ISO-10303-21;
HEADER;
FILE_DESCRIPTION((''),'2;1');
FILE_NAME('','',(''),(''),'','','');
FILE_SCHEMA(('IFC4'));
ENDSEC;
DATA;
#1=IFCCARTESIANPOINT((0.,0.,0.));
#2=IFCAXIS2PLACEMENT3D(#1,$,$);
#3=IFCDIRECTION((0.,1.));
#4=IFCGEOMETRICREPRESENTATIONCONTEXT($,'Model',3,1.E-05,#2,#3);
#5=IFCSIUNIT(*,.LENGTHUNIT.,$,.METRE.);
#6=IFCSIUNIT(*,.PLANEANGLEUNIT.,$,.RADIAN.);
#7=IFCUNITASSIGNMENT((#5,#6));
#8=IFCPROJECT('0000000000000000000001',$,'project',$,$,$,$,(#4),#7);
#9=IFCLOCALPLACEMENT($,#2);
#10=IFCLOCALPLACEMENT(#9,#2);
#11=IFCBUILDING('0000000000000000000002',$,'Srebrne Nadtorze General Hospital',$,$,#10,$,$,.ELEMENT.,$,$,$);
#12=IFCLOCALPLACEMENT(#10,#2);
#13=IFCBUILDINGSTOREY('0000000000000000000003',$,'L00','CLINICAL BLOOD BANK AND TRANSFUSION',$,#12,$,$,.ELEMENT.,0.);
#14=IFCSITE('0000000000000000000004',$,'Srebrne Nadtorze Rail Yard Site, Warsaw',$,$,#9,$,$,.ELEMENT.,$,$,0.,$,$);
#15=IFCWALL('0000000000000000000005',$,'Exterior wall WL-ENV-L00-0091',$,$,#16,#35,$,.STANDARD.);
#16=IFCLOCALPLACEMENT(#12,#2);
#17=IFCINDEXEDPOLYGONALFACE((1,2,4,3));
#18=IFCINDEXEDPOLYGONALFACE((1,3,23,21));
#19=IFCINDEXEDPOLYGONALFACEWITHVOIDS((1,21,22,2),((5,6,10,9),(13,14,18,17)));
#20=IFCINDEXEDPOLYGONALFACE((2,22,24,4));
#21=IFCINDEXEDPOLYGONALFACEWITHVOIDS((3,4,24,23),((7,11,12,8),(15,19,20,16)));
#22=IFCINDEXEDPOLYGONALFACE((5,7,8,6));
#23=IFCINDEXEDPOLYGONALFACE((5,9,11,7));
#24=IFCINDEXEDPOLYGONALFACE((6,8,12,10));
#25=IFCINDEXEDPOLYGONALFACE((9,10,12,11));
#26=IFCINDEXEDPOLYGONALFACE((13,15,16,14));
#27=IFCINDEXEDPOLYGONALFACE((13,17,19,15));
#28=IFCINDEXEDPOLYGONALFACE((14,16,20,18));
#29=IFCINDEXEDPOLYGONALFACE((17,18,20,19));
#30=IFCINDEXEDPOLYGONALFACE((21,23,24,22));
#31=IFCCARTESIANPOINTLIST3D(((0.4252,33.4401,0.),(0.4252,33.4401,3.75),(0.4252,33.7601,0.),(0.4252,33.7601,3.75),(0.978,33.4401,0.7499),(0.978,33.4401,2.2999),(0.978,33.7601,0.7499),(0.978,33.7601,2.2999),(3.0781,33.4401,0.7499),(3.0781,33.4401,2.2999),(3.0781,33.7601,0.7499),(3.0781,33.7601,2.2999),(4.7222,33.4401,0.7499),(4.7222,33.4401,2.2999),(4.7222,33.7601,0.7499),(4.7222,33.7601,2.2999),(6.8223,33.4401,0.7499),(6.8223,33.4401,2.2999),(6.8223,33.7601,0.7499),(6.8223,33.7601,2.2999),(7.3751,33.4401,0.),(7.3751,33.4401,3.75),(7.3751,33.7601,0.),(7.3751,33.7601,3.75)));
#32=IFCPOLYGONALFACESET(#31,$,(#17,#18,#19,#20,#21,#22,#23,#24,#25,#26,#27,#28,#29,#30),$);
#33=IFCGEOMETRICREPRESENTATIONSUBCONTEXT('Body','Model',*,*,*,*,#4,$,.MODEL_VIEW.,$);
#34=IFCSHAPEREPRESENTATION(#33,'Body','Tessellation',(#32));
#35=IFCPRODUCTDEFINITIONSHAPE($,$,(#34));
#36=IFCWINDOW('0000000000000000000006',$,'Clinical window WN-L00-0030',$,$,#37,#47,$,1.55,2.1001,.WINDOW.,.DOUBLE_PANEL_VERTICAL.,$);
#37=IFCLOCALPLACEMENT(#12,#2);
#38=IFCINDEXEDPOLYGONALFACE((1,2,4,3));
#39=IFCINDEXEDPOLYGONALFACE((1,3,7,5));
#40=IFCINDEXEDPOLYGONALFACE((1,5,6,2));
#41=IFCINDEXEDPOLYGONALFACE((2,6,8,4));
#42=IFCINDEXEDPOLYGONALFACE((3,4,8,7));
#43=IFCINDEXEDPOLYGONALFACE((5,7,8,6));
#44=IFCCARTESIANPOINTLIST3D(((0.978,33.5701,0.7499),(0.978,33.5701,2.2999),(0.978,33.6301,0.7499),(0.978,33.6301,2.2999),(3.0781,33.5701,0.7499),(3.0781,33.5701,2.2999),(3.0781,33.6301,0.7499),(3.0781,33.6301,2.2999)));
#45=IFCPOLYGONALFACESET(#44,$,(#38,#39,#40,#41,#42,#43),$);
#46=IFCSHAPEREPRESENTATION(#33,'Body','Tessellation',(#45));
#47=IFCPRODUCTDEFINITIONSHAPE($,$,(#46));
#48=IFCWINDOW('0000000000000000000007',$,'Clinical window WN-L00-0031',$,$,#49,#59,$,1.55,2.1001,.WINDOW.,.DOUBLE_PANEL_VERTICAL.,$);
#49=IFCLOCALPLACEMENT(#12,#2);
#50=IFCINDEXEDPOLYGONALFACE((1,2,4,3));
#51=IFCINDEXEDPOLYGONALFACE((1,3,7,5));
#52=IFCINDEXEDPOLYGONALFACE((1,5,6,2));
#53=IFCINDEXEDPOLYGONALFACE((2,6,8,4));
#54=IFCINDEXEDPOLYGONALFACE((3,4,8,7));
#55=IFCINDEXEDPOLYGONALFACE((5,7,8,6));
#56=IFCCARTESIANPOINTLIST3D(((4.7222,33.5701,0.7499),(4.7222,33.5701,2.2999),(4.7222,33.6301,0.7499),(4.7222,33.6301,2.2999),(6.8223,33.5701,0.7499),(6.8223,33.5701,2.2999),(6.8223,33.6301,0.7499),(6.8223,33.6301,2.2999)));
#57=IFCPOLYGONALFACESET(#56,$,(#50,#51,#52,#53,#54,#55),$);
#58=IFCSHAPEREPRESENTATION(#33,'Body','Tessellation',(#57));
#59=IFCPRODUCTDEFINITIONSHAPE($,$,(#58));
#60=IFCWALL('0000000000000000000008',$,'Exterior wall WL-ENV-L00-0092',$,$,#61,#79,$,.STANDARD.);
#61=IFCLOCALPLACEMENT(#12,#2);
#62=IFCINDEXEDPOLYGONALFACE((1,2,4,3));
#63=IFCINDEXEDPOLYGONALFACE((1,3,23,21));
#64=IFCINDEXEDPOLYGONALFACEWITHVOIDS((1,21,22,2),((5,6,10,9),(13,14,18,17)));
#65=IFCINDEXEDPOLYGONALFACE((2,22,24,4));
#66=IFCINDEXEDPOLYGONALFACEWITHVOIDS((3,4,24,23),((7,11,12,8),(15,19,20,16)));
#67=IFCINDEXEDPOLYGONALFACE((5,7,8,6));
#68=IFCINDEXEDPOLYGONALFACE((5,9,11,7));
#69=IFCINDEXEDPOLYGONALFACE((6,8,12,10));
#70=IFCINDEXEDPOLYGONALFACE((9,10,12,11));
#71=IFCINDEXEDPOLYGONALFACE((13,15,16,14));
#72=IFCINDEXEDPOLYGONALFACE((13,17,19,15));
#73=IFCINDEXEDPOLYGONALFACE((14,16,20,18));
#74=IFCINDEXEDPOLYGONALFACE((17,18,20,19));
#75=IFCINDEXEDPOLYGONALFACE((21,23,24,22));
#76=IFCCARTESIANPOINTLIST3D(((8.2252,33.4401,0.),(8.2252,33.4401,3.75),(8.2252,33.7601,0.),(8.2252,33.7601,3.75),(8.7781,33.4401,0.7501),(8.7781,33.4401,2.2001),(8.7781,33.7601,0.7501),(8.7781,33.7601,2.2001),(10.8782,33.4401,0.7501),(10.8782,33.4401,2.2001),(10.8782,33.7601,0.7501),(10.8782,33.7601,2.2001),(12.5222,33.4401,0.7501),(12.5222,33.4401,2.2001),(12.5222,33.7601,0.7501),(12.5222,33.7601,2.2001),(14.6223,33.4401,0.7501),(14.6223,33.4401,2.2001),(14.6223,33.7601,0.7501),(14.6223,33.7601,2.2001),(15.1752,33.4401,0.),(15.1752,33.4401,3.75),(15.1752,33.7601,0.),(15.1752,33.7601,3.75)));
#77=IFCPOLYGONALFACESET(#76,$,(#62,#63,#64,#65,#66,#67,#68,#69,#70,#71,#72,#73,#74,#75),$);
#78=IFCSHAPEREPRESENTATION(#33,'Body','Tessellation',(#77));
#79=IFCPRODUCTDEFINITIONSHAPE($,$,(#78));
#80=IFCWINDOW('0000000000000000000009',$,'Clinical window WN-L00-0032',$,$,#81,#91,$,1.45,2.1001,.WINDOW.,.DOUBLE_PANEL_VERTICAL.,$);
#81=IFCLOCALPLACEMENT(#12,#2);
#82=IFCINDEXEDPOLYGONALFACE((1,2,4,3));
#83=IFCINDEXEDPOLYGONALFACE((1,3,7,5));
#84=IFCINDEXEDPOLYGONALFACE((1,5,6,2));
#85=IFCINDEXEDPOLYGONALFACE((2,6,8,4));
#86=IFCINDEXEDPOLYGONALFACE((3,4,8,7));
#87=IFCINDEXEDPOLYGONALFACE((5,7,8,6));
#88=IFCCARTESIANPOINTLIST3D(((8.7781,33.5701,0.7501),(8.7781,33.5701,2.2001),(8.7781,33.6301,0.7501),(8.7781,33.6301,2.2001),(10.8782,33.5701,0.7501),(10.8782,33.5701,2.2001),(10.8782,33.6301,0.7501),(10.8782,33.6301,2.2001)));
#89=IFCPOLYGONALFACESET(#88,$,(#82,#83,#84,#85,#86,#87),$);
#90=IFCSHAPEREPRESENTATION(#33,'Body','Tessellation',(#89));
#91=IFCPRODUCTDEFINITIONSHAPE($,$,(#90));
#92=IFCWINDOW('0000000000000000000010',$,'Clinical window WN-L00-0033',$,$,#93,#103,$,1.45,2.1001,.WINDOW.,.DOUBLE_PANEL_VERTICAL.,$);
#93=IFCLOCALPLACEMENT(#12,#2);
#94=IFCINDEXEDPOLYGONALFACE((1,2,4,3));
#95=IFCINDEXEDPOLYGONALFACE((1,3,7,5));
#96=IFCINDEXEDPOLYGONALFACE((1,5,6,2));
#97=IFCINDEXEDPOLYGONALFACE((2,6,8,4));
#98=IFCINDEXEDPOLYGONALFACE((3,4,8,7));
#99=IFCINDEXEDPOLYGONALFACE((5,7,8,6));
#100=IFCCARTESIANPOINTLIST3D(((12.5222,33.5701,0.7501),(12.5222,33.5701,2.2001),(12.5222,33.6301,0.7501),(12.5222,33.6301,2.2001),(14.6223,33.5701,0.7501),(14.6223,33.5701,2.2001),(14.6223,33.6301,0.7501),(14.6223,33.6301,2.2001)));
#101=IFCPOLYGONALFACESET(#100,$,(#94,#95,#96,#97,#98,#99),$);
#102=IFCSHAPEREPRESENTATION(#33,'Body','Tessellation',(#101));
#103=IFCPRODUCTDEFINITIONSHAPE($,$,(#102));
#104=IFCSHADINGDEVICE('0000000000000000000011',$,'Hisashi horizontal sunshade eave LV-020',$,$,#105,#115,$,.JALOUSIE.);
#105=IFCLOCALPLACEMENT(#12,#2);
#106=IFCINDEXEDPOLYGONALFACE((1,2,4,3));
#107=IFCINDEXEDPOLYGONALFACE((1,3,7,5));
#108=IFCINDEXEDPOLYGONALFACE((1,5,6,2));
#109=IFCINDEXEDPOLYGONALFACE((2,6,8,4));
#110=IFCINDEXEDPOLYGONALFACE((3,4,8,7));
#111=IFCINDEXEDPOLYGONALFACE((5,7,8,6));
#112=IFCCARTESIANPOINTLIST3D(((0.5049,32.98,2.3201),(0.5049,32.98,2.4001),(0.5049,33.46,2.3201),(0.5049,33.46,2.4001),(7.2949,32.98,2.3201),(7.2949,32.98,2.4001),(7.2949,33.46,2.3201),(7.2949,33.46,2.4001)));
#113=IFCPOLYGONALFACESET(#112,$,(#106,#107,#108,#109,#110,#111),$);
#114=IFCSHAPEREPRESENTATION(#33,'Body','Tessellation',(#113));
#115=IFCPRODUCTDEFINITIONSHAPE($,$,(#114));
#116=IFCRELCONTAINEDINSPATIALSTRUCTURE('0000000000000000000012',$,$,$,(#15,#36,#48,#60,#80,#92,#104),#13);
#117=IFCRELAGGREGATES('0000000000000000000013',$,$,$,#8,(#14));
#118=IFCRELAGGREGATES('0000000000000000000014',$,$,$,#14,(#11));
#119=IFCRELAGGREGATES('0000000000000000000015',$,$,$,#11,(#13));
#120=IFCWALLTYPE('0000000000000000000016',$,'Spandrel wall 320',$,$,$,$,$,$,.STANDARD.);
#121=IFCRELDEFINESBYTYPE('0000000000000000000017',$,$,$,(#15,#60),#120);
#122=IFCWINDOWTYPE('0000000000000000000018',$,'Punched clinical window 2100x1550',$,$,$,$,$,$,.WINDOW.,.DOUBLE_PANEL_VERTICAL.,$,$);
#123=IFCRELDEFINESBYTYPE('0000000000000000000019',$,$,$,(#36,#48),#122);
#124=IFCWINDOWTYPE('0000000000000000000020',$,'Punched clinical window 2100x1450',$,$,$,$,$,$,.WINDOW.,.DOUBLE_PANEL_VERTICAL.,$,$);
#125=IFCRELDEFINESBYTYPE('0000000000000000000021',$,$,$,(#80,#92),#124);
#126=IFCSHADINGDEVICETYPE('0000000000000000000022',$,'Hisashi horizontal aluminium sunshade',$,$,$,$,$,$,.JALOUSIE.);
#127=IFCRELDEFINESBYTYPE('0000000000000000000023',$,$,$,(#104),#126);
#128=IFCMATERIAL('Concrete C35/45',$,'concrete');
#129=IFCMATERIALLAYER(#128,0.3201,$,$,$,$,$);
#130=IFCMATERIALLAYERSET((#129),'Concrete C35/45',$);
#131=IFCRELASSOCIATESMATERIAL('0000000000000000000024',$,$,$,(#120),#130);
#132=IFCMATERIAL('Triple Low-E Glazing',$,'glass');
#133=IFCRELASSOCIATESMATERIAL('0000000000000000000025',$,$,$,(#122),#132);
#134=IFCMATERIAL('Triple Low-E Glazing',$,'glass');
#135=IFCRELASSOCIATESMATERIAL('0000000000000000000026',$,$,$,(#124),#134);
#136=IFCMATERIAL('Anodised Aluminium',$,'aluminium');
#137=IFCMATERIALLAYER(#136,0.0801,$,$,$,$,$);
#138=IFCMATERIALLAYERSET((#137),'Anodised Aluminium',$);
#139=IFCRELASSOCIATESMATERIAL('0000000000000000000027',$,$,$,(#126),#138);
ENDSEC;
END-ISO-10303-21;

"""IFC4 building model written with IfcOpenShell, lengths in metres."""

from ifc_helpers import new_model, si_unit, direction, frame, frame_2d, origin, origin_2d, place, context, subcontext, project, spatial, rectangle, extrude, material, layer, layer_set, type_object, element, fill, save


model = new_model("IFC4")

# Units and contexts
model_context = context("Model", 3, precision=1e-05, world=origin(), true_north=direction((0.0, 1.0)))
body_context = subcontext(model_context, "Body", "Model", "MODEL_VIEW")
ifc_project = project(units=[si_unit("LENGTHUNIT", "METRE"), si_unit("PLANEANGLEUNIT", "RADIAN")], contexts=[model_context])

# Site, building, storey
site_placement = place(None, origin())
site = spatial("IfcSite", under=ifc_project, at=site_placement, Name="Srebrne Nadtorze Rail Yard Site, Warsaw", CompositionType="ELEMENT", RefElevation=0.0)
building_placement = place(site_placement, origin())
building = spatial("IfcBuilding", under=site, at=building_placement, Name="Srebrne Nadtorze General Hospital", CompositionType="ELEMENT")
storey_placement = place(building_placement, origin())
storey = spatial("IfcBuildingStorey", under=building, at=storey_placement, Name="L00", Description="CLINICAL BLOOD BANK AND TRANSFUSION", CompositionType="ELEMENT", Elevation=0.0)

# Walls, openings, windows
ifc_material_1 = material(Name="Concrete C35/45", Category="concrete")
ifc_layer_1 = layer(ifc_material_1, 0.3201)
ifc_layer_set_1 = layer_set([ifc_layer_1], Name="Concrete C35/45")
wall_type_1 = type_object("IfcWallType", Name="Spandrel wall 320", PredefinedType="STANDARD", material=ifc_layer_set_1)
wall_1_placement = place(storey_placement, frame((0.425, 33.6001, 0.0), z_axis=(0.0, 0.0, 1.0), x_axis=(1.0, 0.0, 0.0)))
wall_1 = element("IfcWall", 1, at=wall_1_placement, inside=storey, type_object=wall_type_1, Name="Exterior wall WL-ENV-L00-0091", PredefinedType="STANDARD", context=body_context, shape_type="SweptSolid", body=[
    extrude(rectangle(XDim=6.95, YDim=0.3201, at=frame_2d((3.4751, 0.0))), origin(), (0.0, 0.0, 1.0), 3.75),
])
opening_1_placement = place(wall_1_placement, frame((0.553, 0.0, 0.75)))
opening_1 = element("IfcOpeningElement", 2, at=opening_1_placement, cuts=wall_1, PredefinedType="OPENING", context=body_context, shape_type="SweptSolid", body=[
    extrude(rectangle(XDim=2.1001, YDim=1.55, at=frame_2d((1.05, 0.7749))), frame((0.0, 0.1719, 0.0), z_axis=(0.0, -1.0, 0.0), x_axis=(1.0, 0.0, 0.0)), (0.0, 0.0, 1.0), 0.344),
])
opening_2_placement = place(wall_1_placement, frame((4.2971, 0.0, 0.75)))
opening_2 = element("IfcOpeningElement", 3, at=opening_2_placement, cuts=wall_1, PredefinedType="OPENING", context=body_context, shape_type="SweptSolid", body=[
    extrude(rectangle(XDim=2.1001, YDim=1.55, at=frame_2d((1.05, 0.7749))), frame((0.0, 0.1719, 0.0), z_axis=(0.0, -1.0, 0.0), x_axis=(1.0, 0.0, 0.0)), (0.0, 0.0, 1.0), 0.344),
])
ifc_material_2 = material(Name="Triple Low-E Glazing", Category="glass")
window_type_1 = type_object("IfcWindowType", Name="Punched clinical window 2100x1550", PartitioningType="DOUBLE_PANEL_VERTICAL", PredefinedType="WINDOW", material=ifc_material_2)
window_1_placement = place(opening_1_placement, origin())
window_1 = element("IfcWindow", 4, at=window_1_placement, inside=storey, type_object=window_type_1, Name="Clinical window WN-L00-0030", OverallHeight=1.55, OverallWidth=2.1001, PartitioningType="DOUBLE_PANEL_VERTICAL", PredefinedType="WINDOW", context=body_context, shape_type="SweptSolid", body=[
    extrude(rectangle(XDim=2.1001, YDim=1.55, at=frame_2d((1.05, 0.7749))), frame((0.0, 0.03, 0.0), z_axis=(0.0, -1.0, 0.0), x_axis=(1.0, 0.0, 0.0)), (0.0, 0.0, 1.0), 0.0601),
])
fill(opening_1, window_1)
window_2_placement = place(opening_2_placement, origin())
window_2 = element("IfcWindow", 5, at=window_2_placement, inside=storey, type_object=window_type_1, Name="Clinical window WN-L00-0031", OverallHeight=1.55, OverallWidth=2.1001, PartitioningType="DOUBLE_PANEL_VERTICAL", PredefinedType="WINDOW", context=body_context, shape_type="SweptSolid", body=[
    extrude(rectangle(XDim=2.1001, YDim=1.55, at=frame_2d((1.05, 0.7749))), frame((0.0, 0.03, 0.0), z_axis=(0.0, -1.0, 0.0), x_axis=(1.0, 0.0, 0.0)), (0.0, 0.0, 1.0), 0.0601),
])
fill(opening_2, window_2)
wall_2_placement = place(storey_placement, frame((8.2251, 33.6001, 0.0), z_axis=(0.0, 0.0, 1.0), x_axis=(1.0, 0.0, 0.0)))
wall_2 = element("IfcWall", 6, at=wall_2_placement, inside=storey, type_object=wall_type_1, Name="Exterior wall WL-ENV-L00-0092", PredefinedType="STANDARD", context=body_context, shape_type="SweptSolid", body=[
    extrude(rectangle(XDim=6.95, YDim=0.3201, at=frame_2d((3.4751, 0.0))), origin(), (0.0, 0.0, 1.0), 3.75),
])
opening_3_placement = place(wall_2_placement, frame((0.553, 0.0, 0.75)))
opening_3 = element("IfcOpeningElement", 7, at=opening_3_placement, cuts=wall_2, PredefinedType="OPENING", context=body_context, shape_type="SweptSolid", body=[
    extrude(rectangle(XDim=2.1001, YDim=1.45, at=frame_2d((1.05, 0.7251))), frame((0.0, 0.1719, 0.0), z_axis=(0.0, -1.0, 0.0), x_axis=(1.0, 0.0, 0.0)), (0.0, 0.0, 1.0), 0.344),
])
opening_4_placement = place(wall_2_placement, frame((4.2971, 0.0, 0.75)))
opening_4 = element("IfcOpeningElement", 8, at=opening_4_placement, cuts=wall_2, PredefinedType="OPENING", context=body_context, shape_type="SweptSolid", body=[
    extrude(rectangle(XDim=2.1001, YDim=1.45, at=frame_2d((1.05, 0.7251))), frame((0.0, 0.1719, 0.0), z_axis=(0.0, -1.0, 0.0), x_axis=(1.0, 0.0, 0.0)), (0.0, 0.0, 1.0), 0.344),
])
ifc_material_3 = material(Name="Triple Low-E Glazing", Category="glass")
window_type_2 = type_object("IfcWindowType", Name="Punched clinical window 2100x1450", PartitioningType="DOUBLE_PANEL_VERTICAL", PredefinedType="WINDOW", material=ifc_material_3)
window_3_placement = place(opening_3_placement, origin())
window_3 = element("IfcWindow", 9, at=window_3_placement, inside=storey, type_object=window_type_2, Name="Clinical window WN-L00-0032", OverallHeight=1.45, OverallWidth=2.1001, PartitioningType="DOUBLE_PANEL_VERTICAL", PredefinedType="WINDOW", context=body_context, shape_type="SweptSolid", body=[
    extrude(rectangle(XDim=2.1001, YDim=1.45, at=frame_2d((1.05, 0.7251))), frame((0.0, 0.03, 0.0), z_axis=(0.0, -1.0, 0.0), x_axis=(1.0, 0.0, 0.0)), (0.0, 0.0, 1.0), 0.0601),
])
fill(opening_3, window_3)
window_4_placement = place(opening_4_placement, origin())
window_4 = element("IfcWindow", 10, at=window_4_placement, inside=storey, type_object=window_type_2, Name="Clinical window WN-L00-0033", OverallHeight=1.45, OverallWidth=2.1001, PartitioningType="DOUBLE_PANEL_VERTICAL", PredefinedType="WINDOW", context=body_context, shape_type="SweptSolid", body=[
    extrude(rectangle(XDim=2.1001, YDim=1.45, at=frame_2d((1.05, 0.7251))), frame((0.0, 0.03, 0.0), z_axis=(0.0, -1.0, 0.0), x_axis=(1.0, 0.0, 0.0)), (0.0, 0.0, 1.0), 0.0601),
])
fill(opening_4, window_4)

# Shading device
ifc_material_4 = material(Name="Anodised Aluminium", Category="aluminium")
ifc_layer_2 = layer(ifc_material_4, 0.0801)
ifc_layer_set_2 = layer_set([ifc_layer_2], Name="Anodised Aluminium")
shading_device_type = type_object("IfcShadingDeviceType", Name="Hisashi horizontal aluminium sunshade", PredefinedType="JALOUSIE", material=ifc_layer_set_2)
shading_device_placement = place(storey_placement, frame((3.8999, 33.22, 2.3201), z_axis=(0.0, 0.0, 1.0), x_axis=(1.0, 0.0, 0.0)))
element("IfcShadingDevice", 11, at=shading_device_placement, inside=storey, type_object=shading_device_type, Name="Hisashi horizontal sunshade eave LV-020", PredefinedType="JALOUSIE", context=body_context, shape_type="SweptSolid", body=[
    extrude(rectangle(XDim=6.79, YDim=0.48, at=origin_2d()), origin(), (0.0, 0.0, 1.0), 0.0801),
])

save(model, "model.ifc")
